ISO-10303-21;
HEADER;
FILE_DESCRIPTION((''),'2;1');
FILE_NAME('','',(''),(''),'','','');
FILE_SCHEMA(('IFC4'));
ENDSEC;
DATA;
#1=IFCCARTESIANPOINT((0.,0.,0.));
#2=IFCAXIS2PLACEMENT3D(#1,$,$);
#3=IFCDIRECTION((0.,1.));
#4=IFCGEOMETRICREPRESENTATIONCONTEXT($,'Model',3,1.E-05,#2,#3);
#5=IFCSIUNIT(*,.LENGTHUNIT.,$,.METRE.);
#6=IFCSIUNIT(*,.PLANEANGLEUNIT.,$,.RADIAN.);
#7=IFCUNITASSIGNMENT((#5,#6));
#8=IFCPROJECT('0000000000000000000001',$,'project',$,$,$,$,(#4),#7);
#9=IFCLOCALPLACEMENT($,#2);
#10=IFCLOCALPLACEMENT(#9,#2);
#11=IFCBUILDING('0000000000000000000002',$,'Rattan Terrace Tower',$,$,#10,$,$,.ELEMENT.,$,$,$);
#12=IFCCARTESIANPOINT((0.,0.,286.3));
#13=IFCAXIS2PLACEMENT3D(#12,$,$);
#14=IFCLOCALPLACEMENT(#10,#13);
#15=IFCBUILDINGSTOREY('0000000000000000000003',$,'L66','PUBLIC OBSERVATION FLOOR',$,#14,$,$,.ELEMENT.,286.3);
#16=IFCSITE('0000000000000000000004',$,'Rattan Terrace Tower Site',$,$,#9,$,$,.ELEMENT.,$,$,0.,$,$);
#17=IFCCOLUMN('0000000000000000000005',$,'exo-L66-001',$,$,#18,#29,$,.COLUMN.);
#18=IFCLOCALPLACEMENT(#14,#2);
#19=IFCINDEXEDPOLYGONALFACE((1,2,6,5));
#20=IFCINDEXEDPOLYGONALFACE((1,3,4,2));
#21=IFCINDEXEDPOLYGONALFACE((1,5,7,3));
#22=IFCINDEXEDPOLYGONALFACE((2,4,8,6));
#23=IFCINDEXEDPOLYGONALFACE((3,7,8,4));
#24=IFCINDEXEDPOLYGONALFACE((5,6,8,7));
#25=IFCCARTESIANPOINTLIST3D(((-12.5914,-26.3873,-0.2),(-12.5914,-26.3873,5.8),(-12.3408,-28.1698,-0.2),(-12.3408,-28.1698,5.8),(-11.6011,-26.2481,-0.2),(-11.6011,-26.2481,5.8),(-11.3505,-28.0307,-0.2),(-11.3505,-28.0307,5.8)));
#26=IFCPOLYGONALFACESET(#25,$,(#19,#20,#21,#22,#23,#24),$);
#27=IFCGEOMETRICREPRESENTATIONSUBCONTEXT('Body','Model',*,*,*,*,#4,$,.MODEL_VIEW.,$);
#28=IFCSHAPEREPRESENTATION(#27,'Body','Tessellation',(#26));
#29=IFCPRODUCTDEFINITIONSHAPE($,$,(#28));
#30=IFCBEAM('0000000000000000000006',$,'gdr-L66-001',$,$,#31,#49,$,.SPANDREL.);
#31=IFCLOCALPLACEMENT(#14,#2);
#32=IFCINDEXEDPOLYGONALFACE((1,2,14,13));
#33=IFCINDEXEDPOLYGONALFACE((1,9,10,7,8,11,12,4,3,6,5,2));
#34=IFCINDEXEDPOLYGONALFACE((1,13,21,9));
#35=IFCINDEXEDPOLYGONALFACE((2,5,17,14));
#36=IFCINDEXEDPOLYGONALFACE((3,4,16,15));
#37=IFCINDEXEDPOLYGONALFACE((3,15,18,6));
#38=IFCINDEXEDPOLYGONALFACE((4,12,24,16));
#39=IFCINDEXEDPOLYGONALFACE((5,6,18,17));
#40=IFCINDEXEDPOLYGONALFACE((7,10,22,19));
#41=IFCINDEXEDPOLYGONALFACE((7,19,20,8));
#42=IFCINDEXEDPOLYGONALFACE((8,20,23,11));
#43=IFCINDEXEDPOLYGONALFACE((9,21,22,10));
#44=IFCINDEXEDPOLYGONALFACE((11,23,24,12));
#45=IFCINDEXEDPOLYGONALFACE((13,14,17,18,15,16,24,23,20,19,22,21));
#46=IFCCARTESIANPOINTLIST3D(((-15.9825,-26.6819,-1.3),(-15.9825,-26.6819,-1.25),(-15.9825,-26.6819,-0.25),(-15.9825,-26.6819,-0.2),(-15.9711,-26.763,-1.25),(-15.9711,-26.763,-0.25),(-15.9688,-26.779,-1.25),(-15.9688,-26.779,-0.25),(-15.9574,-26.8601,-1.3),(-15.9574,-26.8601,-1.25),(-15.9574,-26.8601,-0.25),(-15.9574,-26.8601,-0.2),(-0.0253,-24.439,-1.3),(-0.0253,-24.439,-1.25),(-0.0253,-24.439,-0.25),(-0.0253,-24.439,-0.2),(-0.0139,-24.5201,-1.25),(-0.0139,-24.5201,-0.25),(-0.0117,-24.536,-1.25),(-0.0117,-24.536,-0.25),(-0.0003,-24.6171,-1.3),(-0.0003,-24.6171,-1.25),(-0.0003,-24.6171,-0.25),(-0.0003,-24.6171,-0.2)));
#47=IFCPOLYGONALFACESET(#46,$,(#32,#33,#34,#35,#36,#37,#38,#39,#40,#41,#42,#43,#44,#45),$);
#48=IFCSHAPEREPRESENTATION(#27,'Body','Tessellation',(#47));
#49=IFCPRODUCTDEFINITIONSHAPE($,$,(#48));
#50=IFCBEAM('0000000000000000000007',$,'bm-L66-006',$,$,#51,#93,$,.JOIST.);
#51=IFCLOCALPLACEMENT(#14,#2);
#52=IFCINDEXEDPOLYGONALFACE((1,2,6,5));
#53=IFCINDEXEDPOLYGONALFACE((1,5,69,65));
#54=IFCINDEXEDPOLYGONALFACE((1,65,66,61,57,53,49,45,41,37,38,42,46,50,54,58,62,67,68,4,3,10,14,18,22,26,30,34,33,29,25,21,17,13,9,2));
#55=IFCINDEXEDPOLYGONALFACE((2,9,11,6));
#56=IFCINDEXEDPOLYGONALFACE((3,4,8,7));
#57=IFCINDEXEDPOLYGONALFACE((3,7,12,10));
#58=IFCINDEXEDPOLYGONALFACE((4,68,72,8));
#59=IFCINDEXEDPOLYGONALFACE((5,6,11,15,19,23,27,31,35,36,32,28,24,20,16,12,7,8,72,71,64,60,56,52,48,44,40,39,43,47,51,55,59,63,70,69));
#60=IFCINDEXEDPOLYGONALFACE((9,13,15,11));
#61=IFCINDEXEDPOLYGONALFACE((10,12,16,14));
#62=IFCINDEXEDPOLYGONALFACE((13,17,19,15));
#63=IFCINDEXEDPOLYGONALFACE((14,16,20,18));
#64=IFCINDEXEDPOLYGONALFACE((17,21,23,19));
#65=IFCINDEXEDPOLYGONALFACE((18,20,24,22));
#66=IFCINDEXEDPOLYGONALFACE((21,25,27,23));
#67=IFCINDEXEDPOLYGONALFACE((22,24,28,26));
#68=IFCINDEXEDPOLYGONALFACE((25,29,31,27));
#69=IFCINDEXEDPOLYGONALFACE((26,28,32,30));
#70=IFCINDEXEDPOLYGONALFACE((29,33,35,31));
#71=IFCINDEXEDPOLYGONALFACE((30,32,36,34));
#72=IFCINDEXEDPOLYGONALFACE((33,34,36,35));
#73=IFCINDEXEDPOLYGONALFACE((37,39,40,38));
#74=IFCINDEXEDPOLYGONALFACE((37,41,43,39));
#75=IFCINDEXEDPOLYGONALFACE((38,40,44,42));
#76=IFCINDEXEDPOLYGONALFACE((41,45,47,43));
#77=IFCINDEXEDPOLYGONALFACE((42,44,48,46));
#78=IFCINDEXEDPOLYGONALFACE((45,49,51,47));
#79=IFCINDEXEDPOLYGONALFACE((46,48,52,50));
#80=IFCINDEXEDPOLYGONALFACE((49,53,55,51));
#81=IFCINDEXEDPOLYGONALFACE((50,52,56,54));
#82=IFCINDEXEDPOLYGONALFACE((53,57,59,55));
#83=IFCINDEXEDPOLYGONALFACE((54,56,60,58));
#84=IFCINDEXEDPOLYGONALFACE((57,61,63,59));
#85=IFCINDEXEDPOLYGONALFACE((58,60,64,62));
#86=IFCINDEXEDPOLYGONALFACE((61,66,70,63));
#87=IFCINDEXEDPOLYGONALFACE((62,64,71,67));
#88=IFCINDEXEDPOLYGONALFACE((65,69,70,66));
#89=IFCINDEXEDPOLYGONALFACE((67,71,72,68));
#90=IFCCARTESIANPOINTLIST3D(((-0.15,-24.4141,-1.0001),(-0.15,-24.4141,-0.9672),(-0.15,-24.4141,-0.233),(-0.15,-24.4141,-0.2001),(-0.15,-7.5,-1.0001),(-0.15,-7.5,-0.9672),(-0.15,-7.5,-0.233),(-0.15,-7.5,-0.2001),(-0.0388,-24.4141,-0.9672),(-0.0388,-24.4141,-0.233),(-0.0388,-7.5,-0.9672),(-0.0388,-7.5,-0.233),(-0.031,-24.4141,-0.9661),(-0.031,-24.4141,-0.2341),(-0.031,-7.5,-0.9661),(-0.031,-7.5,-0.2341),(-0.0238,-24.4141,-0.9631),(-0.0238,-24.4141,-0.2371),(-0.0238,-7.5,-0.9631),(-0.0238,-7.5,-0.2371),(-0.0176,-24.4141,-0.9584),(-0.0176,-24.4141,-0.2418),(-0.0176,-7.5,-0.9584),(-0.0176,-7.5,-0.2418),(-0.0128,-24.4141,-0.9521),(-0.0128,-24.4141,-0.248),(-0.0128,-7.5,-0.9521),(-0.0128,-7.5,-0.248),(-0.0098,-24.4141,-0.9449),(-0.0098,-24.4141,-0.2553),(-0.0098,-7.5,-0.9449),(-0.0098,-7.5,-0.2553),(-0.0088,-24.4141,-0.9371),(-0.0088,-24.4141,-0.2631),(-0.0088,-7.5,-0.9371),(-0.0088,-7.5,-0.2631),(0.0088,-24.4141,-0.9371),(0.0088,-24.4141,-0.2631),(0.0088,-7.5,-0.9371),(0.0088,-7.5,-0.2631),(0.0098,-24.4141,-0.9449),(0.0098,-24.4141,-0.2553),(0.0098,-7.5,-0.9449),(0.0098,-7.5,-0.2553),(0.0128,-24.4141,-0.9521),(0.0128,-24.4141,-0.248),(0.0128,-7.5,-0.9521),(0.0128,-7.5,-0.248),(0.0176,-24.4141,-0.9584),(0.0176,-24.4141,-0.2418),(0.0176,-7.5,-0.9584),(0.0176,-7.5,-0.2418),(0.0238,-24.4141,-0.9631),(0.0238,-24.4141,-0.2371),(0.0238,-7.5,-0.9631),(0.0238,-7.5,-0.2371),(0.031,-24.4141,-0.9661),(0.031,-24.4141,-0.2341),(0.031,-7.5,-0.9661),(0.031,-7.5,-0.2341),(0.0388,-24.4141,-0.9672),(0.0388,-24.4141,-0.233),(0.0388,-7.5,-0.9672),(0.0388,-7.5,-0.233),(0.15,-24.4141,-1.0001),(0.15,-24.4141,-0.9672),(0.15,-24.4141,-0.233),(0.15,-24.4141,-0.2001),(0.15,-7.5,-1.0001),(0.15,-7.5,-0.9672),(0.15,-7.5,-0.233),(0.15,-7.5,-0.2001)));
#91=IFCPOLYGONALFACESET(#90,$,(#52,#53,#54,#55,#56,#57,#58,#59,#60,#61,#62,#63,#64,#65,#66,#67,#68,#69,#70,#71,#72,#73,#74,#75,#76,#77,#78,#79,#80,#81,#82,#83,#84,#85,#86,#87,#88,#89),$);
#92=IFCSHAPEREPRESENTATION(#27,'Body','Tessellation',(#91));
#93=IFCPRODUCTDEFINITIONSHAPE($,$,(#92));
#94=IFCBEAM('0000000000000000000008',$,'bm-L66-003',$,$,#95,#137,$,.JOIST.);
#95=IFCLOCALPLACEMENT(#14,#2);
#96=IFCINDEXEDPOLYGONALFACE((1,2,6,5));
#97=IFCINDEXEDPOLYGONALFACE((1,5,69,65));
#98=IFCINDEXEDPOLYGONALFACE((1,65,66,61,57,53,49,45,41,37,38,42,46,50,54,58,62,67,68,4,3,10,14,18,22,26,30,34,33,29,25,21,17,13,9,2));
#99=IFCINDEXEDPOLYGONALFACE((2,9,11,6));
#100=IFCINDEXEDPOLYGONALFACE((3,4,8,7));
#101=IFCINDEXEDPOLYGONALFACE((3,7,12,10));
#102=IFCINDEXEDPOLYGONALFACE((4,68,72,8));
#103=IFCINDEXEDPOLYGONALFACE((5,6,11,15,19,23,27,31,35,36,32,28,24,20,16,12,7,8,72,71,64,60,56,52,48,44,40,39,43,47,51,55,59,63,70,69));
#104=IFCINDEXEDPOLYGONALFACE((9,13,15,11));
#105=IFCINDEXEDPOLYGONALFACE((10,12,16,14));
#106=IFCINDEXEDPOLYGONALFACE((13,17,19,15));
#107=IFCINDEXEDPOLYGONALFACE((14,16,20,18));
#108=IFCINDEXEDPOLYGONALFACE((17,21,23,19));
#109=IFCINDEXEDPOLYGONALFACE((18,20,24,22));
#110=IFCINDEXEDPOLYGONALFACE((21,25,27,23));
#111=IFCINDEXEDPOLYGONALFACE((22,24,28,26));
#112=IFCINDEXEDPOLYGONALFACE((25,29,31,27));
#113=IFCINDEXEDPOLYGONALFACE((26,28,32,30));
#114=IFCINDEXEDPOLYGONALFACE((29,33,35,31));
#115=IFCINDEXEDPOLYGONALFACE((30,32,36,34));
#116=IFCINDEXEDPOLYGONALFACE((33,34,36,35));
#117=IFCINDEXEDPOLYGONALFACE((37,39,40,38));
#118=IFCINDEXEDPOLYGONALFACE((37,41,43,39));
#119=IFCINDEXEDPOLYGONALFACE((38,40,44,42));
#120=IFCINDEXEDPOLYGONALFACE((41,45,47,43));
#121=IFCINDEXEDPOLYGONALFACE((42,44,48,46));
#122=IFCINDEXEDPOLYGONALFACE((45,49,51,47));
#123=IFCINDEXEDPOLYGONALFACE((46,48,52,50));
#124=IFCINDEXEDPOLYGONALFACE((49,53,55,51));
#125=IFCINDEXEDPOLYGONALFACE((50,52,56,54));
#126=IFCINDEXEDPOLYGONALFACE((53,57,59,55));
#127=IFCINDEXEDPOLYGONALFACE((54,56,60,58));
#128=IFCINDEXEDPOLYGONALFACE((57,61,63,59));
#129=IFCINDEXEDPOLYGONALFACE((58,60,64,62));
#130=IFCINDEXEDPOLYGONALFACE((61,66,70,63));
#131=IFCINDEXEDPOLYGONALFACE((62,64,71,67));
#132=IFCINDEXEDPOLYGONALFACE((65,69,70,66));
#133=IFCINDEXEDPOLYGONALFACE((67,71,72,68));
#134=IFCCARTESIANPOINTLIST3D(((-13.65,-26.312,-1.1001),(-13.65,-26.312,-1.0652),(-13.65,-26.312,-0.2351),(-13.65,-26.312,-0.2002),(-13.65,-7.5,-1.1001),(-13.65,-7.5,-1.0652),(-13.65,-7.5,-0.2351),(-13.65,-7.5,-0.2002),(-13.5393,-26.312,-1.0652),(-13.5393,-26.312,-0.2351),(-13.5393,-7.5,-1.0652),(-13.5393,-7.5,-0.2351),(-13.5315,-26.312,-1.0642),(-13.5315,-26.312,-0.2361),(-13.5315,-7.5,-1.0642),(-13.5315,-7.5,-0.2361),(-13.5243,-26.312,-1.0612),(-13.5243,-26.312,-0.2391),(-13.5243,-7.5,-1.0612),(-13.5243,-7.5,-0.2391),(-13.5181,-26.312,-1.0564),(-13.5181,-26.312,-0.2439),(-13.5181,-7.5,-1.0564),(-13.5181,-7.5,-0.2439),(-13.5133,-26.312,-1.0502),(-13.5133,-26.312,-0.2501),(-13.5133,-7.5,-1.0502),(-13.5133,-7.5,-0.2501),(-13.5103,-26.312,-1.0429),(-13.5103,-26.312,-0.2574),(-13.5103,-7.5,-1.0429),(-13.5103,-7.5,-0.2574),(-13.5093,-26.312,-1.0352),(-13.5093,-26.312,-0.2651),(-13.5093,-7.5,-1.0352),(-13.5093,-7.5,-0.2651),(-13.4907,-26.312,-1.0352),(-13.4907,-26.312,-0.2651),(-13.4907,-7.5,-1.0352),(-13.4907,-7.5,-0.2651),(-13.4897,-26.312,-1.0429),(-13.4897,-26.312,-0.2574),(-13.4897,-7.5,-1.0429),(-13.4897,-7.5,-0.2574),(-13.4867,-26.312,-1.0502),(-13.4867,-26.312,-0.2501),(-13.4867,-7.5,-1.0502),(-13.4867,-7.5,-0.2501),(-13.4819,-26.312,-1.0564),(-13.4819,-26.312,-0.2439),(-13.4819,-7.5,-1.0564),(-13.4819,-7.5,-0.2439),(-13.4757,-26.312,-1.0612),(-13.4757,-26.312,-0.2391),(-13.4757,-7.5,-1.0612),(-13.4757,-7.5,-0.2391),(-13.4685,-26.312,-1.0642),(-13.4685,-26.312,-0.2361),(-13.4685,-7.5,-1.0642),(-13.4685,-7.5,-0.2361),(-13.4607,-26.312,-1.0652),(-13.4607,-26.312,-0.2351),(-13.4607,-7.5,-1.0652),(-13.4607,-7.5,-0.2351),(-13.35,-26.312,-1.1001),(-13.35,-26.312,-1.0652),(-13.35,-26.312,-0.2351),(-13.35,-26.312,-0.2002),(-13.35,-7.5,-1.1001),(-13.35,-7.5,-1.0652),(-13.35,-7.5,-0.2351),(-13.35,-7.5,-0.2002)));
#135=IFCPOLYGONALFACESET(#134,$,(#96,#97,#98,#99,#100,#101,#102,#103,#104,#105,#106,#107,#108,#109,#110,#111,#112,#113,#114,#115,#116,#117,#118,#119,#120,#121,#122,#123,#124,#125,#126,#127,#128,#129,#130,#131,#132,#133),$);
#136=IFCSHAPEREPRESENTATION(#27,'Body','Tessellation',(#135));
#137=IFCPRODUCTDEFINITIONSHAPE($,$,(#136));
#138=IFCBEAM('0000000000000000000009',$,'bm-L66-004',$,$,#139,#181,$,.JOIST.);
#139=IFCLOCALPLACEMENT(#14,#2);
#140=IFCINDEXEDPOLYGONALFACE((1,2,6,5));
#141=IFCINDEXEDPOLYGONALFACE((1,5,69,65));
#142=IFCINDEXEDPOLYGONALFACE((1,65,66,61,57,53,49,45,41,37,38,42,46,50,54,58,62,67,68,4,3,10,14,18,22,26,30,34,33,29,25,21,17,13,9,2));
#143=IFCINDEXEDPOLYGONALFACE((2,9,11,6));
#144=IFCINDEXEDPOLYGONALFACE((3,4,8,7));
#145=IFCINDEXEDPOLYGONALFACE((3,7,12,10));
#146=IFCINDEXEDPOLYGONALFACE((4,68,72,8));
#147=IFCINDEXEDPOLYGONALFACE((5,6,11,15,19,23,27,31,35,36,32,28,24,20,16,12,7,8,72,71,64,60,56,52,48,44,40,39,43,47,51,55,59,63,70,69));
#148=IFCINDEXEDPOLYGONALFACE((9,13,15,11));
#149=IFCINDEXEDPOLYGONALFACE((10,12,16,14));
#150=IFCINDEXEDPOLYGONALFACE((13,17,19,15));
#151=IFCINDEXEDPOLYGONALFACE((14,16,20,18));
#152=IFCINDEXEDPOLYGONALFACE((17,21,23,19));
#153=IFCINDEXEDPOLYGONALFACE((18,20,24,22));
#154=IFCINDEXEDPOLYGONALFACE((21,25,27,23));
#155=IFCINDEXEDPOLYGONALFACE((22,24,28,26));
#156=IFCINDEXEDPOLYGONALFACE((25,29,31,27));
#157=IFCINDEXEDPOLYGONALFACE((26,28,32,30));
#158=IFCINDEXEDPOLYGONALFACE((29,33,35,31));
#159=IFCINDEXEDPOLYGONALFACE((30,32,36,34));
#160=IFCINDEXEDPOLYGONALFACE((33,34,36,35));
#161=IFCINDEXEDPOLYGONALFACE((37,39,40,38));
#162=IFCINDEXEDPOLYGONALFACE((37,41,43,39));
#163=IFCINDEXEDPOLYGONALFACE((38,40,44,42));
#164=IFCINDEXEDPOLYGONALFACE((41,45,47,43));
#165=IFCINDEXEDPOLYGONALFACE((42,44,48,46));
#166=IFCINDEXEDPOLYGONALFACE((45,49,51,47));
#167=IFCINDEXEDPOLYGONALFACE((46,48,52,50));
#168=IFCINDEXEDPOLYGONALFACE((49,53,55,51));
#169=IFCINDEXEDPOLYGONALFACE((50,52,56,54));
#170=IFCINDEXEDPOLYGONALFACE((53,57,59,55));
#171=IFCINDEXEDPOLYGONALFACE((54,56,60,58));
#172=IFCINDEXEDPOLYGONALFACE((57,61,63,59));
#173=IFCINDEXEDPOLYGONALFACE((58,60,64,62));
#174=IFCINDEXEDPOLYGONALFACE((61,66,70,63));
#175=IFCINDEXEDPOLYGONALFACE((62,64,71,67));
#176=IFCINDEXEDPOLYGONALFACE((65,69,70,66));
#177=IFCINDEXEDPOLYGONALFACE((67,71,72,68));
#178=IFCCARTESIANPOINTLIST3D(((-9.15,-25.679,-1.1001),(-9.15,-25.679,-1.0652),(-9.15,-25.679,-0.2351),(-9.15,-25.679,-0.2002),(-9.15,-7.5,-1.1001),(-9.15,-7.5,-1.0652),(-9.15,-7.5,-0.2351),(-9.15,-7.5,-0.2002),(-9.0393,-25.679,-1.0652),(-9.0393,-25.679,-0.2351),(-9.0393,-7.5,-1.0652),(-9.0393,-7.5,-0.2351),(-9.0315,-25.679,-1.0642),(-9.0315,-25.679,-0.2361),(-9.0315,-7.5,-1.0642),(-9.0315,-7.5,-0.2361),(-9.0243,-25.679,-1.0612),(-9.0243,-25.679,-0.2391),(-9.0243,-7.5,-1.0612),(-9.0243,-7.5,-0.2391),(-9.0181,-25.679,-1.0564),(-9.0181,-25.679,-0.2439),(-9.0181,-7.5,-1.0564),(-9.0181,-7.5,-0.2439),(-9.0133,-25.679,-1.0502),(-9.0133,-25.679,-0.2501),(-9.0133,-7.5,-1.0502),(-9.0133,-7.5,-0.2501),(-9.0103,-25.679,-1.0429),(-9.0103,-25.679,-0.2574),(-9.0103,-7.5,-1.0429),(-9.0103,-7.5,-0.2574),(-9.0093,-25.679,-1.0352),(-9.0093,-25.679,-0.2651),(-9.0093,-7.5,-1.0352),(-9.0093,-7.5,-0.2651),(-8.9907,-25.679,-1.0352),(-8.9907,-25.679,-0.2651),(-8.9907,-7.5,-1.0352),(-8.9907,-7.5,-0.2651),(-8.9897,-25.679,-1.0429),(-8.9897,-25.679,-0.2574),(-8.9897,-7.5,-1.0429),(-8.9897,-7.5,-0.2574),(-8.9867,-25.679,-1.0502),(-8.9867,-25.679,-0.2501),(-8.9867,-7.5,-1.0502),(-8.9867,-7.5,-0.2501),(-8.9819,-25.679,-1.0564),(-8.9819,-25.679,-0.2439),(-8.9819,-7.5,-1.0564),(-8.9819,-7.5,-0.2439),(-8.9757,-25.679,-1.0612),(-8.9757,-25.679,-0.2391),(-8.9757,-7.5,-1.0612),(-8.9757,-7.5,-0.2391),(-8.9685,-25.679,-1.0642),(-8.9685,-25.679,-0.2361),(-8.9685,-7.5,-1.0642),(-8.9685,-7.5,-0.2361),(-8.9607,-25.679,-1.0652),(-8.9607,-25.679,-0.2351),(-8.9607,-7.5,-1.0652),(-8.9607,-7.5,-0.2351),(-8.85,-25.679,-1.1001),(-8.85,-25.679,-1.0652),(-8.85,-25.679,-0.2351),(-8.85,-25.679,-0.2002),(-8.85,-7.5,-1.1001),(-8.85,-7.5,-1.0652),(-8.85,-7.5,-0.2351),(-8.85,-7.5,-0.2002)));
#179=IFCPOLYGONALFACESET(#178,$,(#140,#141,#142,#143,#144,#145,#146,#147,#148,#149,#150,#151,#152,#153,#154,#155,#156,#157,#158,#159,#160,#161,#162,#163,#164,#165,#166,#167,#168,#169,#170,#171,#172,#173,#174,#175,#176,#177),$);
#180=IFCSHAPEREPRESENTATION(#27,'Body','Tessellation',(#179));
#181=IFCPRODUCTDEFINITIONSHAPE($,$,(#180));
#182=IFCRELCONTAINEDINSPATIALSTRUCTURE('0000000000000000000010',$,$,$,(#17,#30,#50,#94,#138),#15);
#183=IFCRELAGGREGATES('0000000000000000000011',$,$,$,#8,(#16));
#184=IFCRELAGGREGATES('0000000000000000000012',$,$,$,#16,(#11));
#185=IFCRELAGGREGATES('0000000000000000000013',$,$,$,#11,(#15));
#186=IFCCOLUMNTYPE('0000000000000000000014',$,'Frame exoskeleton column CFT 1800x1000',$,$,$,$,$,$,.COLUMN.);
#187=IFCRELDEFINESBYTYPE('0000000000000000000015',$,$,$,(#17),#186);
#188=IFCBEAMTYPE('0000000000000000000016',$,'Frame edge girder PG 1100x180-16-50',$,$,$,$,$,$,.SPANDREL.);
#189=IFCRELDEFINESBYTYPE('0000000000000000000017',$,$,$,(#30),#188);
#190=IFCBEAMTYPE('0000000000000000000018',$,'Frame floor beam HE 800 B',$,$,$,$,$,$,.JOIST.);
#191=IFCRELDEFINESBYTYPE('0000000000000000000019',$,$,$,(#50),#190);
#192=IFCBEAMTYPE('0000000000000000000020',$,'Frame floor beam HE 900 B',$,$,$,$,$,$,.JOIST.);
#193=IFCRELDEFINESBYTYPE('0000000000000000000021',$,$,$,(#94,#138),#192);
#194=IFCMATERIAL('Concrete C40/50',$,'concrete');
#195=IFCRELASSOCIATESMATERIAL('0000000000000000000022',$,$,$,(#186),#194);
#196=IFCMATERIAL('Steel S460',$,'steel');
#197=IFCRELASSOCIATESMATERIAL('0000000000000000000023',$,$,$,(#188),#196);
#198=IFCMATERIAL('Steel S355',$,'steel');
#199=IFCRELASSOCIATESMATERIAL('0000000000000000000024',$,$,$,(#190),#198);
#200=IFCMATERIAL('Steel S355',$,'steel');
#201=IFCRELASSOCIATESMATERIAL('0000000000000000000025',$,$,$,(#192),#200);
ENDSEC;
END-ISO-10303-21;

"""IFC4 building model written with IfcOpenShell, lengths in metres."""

from ifc_helpers import new_model, si_unit, direction, frame, origin, origin_2d, place, context, subcontext, project, spatial, rectangle, i_section, extrude, material, material_profile, profile_set, type_object, element, save


model = new_model("IFC4")

# Units and contexts
model_context = context("Model", 3, precision=1e-05, world=origin(), true_north=direction((0.0, 1.0)))
body_context = subcontext(model_context, "Body", "Model", "MODEL_VIEW")
ifc_project = project(units=[si_unit("LENGTHUNIT", "METRE"), si_unit("PLANEANGLEUNIT", "RADIAN")], contexts=[model_context])

# Site, building, storey
site_placement = place(None, origin())
site = spatial("IfcSite", under=ifc_project, at=site_placement, Name="Rattan Terrace Tower Site", CompositionType="ELEMENT", RefElevation=0.0)
building_placement = place(site_placement, origin())
building = spatial("IfcBuilding", under=site, at=building_placement, Name="Rattan Terrace Tower", CompositionType="ELEMENT")
storey_placement = place(building_placement, frame((0.0, 0.0, 286.3)))
storey = spatial("IfcBuildingStorey", under=building, at=storey_placement, Name="L66", Description="PUBLIC OBSERVATION FLOOR", CompositionType="ELEMENT", Elevation=286.3)

# Column
ifc_material_1 = material(Name="Concrete C40/50", Category="concrete")
ifc_material_profile_1 = material_profile(ifc_material_1, rectangle(XDim=1.0, YDim=1.8, at=origin_2d()), Name="CFT 1800x1000")
ifc_profile_set_1 = profile_set([ifc_material_profile_1], Name="Concrete C40/50")
column_type = type_object("IfcColumnType", Name="Frame exoskeleton column CFT 1800x1000", PredefinedType="COLUMN", material=ifc_profile_set_1)
column_placement = place(storey_placement, frame((-11.9709, -27.209, -0.2), z_axis=(0.0, 0.0, 1.0), x_axis=(0.990266, 0.13919, 0.0)))
element("IfcColumn", 1, at=column_placement, inside=storey, type_object=column_type, Name="exo-L66-001", PredefinedType="COLUMN", context=body_context, shape_type="SweptSolid", body=[
    extrude(rectangle(XDim=1.0, YDim=1.8, at=origin_2d()), origin(), (0.0, 0.0, 1.0), 6.0),
])

# Beams
ifc_material_2 = material(Name="Steel S460", Category="steel")
ifc_material_profile_2 = material_profile(ifc_material_2, i_section(OverallWidth=0.1799, OverallDepth=1.1001, WebThickness=0.0161, FlangeThickness=0.05, at=origin_2d()), Name="PG 1100x180-16-50")
ifc_profile_set_2 = profile_set([ifc_material_profile_2], Name="Steel S460")
beam_type_1 = type_object("IfcBeamType", Name="Frame edge girder PG 1100x180-16-50", PredefinedType="SPANDREL", material=ifc_profile_set_2)
beam_1_placement = place(storey_placement, frame((-15.97, -26.771, -0.75), z_axis=(0.990265, 0.139192, 0.0), x_axis=(-0.139192, 0.990265, 0.0)))
element("IfcBeam", 2, at=beam_1_placement, inside=storey, type_object=beam_type_1, Name="gdr-L66-001", PredefinedType="SPANDREL", context=body_context, shape_type="SweptSolid", body=[
    extrude(i_section(OverallWidth=0.1799, OverallDepth=1.1001, WebThickness=0.0161, FlangeThickness=0.05, at=origin_2d()), origin(), (0.0, 0.0, 1.0), 16.114),
])
ifc_material_3 = material(Name="Steel S355", Category="steel")
ifc_material_profile_3 = material_profile(ifc_material_3, i_section(OverallWidth=0.3, OverallDepth=0.8, WebThickness=0.0176, FlangeThickness=0.033, FilletRadius=0.03, at=origin_2d()), Name="HE 800 B")
ifc_profile_set_3 = profile_set([ifc_material_profile_3], Name="Steel S355")
beam_type_2 = type_object("IfcBeamType", Name="Frame floor beam HE 800 B", PredefinedType="JOIST", material=ifc_profile_set_3)
beam_2_placement = place(storey_placement, frame((0.0, -24.4141, -0.6001), z_axis=(0.0, 1.0, 0.0), x_axis=(-1.0, 0.0, 0.0)))
element("IfcBeam", 3, at=beam_2_placement, inside=storey, type_object=beam_type_2, Name="bm-L66-006", PredefinedType="JOIST", context=body_context, shape_type="SweptSolid", body=[
    extrude(i_section(OverallWidth=0.3, OverallDepth=0.8, WebThickness=0.0176, FlangeThickness=0.033, FilletRadius=0.03, at=origin_2d()), origin(), (0.0, 0.0, 1.0), 16.9141),
])
ifc_material_4 = material(Name="Steel S355", Category="steel")
ifc_material_profile_4 = material_profile(ifc_material_4, i_section(OverallWidth=0.3, OverallDepth=0.8999, WebThickness=0.0186, FlangeThickness=0.0349, FilletRadius=0.03, at=origin_2d()), Name="HE 900 B")
ifc_profile_set_4 = profile_set([ifc_material_profile_4], Name="Steel S355")
beam_type_3 = type_object("IfcBeamType", Name="Frame floor beam HE 900 B", PredefinedType="JOIST", material=ifc_profile_set_4)
beam_3_placement = place(storey_placement, frame((-13.5, -26.312, -0.6501), z_axis=(0.0, 1.0, 0.0), x_axis=(-1.0, 0.0, 0.0)))
element("IfcBeam", 4, at=beam_3_placement, inside=storey, type_object=beam_type_3, Name="bm-L66-003", PredefinedType="JOIST", context=body_context, shape_type="SweptSolid", body=[
    extrude(i_section(OverallWidth=0.3, OverallDepth=0.8999, WebThickness=0.0186, FlangeThickness=0.0349, FilletRadius=0.03, at=origin_2d()), origin(), (0.0, 0.0, 1.0), 18.812),
])
beam_4_placement = place(storey_placement, frame((-9.0, -25.679, -0.6501), z_axis=(0.0, 1.0, 0.0), x_axis=(-1.0, 0.0, 0.0)))
element("IfcBeam", 5, at=beam_4_placement, inside=storey, type_object=beam_type_3, Name="bm-L66-004", PredefinedType="JOIST", context=body_context, shape_type="SweptSolid", body=[
    extrude(i_section(OverallWidth=0.3, OverallDepth=0.8999, WebThickness=0.0186, FlangeThickness=0.0349, FilletRadius=0.03, at=origin_2d()), origin(), (0.0, 0.0, 1.0), 18.179),
])

save(model, "model.ifc")
